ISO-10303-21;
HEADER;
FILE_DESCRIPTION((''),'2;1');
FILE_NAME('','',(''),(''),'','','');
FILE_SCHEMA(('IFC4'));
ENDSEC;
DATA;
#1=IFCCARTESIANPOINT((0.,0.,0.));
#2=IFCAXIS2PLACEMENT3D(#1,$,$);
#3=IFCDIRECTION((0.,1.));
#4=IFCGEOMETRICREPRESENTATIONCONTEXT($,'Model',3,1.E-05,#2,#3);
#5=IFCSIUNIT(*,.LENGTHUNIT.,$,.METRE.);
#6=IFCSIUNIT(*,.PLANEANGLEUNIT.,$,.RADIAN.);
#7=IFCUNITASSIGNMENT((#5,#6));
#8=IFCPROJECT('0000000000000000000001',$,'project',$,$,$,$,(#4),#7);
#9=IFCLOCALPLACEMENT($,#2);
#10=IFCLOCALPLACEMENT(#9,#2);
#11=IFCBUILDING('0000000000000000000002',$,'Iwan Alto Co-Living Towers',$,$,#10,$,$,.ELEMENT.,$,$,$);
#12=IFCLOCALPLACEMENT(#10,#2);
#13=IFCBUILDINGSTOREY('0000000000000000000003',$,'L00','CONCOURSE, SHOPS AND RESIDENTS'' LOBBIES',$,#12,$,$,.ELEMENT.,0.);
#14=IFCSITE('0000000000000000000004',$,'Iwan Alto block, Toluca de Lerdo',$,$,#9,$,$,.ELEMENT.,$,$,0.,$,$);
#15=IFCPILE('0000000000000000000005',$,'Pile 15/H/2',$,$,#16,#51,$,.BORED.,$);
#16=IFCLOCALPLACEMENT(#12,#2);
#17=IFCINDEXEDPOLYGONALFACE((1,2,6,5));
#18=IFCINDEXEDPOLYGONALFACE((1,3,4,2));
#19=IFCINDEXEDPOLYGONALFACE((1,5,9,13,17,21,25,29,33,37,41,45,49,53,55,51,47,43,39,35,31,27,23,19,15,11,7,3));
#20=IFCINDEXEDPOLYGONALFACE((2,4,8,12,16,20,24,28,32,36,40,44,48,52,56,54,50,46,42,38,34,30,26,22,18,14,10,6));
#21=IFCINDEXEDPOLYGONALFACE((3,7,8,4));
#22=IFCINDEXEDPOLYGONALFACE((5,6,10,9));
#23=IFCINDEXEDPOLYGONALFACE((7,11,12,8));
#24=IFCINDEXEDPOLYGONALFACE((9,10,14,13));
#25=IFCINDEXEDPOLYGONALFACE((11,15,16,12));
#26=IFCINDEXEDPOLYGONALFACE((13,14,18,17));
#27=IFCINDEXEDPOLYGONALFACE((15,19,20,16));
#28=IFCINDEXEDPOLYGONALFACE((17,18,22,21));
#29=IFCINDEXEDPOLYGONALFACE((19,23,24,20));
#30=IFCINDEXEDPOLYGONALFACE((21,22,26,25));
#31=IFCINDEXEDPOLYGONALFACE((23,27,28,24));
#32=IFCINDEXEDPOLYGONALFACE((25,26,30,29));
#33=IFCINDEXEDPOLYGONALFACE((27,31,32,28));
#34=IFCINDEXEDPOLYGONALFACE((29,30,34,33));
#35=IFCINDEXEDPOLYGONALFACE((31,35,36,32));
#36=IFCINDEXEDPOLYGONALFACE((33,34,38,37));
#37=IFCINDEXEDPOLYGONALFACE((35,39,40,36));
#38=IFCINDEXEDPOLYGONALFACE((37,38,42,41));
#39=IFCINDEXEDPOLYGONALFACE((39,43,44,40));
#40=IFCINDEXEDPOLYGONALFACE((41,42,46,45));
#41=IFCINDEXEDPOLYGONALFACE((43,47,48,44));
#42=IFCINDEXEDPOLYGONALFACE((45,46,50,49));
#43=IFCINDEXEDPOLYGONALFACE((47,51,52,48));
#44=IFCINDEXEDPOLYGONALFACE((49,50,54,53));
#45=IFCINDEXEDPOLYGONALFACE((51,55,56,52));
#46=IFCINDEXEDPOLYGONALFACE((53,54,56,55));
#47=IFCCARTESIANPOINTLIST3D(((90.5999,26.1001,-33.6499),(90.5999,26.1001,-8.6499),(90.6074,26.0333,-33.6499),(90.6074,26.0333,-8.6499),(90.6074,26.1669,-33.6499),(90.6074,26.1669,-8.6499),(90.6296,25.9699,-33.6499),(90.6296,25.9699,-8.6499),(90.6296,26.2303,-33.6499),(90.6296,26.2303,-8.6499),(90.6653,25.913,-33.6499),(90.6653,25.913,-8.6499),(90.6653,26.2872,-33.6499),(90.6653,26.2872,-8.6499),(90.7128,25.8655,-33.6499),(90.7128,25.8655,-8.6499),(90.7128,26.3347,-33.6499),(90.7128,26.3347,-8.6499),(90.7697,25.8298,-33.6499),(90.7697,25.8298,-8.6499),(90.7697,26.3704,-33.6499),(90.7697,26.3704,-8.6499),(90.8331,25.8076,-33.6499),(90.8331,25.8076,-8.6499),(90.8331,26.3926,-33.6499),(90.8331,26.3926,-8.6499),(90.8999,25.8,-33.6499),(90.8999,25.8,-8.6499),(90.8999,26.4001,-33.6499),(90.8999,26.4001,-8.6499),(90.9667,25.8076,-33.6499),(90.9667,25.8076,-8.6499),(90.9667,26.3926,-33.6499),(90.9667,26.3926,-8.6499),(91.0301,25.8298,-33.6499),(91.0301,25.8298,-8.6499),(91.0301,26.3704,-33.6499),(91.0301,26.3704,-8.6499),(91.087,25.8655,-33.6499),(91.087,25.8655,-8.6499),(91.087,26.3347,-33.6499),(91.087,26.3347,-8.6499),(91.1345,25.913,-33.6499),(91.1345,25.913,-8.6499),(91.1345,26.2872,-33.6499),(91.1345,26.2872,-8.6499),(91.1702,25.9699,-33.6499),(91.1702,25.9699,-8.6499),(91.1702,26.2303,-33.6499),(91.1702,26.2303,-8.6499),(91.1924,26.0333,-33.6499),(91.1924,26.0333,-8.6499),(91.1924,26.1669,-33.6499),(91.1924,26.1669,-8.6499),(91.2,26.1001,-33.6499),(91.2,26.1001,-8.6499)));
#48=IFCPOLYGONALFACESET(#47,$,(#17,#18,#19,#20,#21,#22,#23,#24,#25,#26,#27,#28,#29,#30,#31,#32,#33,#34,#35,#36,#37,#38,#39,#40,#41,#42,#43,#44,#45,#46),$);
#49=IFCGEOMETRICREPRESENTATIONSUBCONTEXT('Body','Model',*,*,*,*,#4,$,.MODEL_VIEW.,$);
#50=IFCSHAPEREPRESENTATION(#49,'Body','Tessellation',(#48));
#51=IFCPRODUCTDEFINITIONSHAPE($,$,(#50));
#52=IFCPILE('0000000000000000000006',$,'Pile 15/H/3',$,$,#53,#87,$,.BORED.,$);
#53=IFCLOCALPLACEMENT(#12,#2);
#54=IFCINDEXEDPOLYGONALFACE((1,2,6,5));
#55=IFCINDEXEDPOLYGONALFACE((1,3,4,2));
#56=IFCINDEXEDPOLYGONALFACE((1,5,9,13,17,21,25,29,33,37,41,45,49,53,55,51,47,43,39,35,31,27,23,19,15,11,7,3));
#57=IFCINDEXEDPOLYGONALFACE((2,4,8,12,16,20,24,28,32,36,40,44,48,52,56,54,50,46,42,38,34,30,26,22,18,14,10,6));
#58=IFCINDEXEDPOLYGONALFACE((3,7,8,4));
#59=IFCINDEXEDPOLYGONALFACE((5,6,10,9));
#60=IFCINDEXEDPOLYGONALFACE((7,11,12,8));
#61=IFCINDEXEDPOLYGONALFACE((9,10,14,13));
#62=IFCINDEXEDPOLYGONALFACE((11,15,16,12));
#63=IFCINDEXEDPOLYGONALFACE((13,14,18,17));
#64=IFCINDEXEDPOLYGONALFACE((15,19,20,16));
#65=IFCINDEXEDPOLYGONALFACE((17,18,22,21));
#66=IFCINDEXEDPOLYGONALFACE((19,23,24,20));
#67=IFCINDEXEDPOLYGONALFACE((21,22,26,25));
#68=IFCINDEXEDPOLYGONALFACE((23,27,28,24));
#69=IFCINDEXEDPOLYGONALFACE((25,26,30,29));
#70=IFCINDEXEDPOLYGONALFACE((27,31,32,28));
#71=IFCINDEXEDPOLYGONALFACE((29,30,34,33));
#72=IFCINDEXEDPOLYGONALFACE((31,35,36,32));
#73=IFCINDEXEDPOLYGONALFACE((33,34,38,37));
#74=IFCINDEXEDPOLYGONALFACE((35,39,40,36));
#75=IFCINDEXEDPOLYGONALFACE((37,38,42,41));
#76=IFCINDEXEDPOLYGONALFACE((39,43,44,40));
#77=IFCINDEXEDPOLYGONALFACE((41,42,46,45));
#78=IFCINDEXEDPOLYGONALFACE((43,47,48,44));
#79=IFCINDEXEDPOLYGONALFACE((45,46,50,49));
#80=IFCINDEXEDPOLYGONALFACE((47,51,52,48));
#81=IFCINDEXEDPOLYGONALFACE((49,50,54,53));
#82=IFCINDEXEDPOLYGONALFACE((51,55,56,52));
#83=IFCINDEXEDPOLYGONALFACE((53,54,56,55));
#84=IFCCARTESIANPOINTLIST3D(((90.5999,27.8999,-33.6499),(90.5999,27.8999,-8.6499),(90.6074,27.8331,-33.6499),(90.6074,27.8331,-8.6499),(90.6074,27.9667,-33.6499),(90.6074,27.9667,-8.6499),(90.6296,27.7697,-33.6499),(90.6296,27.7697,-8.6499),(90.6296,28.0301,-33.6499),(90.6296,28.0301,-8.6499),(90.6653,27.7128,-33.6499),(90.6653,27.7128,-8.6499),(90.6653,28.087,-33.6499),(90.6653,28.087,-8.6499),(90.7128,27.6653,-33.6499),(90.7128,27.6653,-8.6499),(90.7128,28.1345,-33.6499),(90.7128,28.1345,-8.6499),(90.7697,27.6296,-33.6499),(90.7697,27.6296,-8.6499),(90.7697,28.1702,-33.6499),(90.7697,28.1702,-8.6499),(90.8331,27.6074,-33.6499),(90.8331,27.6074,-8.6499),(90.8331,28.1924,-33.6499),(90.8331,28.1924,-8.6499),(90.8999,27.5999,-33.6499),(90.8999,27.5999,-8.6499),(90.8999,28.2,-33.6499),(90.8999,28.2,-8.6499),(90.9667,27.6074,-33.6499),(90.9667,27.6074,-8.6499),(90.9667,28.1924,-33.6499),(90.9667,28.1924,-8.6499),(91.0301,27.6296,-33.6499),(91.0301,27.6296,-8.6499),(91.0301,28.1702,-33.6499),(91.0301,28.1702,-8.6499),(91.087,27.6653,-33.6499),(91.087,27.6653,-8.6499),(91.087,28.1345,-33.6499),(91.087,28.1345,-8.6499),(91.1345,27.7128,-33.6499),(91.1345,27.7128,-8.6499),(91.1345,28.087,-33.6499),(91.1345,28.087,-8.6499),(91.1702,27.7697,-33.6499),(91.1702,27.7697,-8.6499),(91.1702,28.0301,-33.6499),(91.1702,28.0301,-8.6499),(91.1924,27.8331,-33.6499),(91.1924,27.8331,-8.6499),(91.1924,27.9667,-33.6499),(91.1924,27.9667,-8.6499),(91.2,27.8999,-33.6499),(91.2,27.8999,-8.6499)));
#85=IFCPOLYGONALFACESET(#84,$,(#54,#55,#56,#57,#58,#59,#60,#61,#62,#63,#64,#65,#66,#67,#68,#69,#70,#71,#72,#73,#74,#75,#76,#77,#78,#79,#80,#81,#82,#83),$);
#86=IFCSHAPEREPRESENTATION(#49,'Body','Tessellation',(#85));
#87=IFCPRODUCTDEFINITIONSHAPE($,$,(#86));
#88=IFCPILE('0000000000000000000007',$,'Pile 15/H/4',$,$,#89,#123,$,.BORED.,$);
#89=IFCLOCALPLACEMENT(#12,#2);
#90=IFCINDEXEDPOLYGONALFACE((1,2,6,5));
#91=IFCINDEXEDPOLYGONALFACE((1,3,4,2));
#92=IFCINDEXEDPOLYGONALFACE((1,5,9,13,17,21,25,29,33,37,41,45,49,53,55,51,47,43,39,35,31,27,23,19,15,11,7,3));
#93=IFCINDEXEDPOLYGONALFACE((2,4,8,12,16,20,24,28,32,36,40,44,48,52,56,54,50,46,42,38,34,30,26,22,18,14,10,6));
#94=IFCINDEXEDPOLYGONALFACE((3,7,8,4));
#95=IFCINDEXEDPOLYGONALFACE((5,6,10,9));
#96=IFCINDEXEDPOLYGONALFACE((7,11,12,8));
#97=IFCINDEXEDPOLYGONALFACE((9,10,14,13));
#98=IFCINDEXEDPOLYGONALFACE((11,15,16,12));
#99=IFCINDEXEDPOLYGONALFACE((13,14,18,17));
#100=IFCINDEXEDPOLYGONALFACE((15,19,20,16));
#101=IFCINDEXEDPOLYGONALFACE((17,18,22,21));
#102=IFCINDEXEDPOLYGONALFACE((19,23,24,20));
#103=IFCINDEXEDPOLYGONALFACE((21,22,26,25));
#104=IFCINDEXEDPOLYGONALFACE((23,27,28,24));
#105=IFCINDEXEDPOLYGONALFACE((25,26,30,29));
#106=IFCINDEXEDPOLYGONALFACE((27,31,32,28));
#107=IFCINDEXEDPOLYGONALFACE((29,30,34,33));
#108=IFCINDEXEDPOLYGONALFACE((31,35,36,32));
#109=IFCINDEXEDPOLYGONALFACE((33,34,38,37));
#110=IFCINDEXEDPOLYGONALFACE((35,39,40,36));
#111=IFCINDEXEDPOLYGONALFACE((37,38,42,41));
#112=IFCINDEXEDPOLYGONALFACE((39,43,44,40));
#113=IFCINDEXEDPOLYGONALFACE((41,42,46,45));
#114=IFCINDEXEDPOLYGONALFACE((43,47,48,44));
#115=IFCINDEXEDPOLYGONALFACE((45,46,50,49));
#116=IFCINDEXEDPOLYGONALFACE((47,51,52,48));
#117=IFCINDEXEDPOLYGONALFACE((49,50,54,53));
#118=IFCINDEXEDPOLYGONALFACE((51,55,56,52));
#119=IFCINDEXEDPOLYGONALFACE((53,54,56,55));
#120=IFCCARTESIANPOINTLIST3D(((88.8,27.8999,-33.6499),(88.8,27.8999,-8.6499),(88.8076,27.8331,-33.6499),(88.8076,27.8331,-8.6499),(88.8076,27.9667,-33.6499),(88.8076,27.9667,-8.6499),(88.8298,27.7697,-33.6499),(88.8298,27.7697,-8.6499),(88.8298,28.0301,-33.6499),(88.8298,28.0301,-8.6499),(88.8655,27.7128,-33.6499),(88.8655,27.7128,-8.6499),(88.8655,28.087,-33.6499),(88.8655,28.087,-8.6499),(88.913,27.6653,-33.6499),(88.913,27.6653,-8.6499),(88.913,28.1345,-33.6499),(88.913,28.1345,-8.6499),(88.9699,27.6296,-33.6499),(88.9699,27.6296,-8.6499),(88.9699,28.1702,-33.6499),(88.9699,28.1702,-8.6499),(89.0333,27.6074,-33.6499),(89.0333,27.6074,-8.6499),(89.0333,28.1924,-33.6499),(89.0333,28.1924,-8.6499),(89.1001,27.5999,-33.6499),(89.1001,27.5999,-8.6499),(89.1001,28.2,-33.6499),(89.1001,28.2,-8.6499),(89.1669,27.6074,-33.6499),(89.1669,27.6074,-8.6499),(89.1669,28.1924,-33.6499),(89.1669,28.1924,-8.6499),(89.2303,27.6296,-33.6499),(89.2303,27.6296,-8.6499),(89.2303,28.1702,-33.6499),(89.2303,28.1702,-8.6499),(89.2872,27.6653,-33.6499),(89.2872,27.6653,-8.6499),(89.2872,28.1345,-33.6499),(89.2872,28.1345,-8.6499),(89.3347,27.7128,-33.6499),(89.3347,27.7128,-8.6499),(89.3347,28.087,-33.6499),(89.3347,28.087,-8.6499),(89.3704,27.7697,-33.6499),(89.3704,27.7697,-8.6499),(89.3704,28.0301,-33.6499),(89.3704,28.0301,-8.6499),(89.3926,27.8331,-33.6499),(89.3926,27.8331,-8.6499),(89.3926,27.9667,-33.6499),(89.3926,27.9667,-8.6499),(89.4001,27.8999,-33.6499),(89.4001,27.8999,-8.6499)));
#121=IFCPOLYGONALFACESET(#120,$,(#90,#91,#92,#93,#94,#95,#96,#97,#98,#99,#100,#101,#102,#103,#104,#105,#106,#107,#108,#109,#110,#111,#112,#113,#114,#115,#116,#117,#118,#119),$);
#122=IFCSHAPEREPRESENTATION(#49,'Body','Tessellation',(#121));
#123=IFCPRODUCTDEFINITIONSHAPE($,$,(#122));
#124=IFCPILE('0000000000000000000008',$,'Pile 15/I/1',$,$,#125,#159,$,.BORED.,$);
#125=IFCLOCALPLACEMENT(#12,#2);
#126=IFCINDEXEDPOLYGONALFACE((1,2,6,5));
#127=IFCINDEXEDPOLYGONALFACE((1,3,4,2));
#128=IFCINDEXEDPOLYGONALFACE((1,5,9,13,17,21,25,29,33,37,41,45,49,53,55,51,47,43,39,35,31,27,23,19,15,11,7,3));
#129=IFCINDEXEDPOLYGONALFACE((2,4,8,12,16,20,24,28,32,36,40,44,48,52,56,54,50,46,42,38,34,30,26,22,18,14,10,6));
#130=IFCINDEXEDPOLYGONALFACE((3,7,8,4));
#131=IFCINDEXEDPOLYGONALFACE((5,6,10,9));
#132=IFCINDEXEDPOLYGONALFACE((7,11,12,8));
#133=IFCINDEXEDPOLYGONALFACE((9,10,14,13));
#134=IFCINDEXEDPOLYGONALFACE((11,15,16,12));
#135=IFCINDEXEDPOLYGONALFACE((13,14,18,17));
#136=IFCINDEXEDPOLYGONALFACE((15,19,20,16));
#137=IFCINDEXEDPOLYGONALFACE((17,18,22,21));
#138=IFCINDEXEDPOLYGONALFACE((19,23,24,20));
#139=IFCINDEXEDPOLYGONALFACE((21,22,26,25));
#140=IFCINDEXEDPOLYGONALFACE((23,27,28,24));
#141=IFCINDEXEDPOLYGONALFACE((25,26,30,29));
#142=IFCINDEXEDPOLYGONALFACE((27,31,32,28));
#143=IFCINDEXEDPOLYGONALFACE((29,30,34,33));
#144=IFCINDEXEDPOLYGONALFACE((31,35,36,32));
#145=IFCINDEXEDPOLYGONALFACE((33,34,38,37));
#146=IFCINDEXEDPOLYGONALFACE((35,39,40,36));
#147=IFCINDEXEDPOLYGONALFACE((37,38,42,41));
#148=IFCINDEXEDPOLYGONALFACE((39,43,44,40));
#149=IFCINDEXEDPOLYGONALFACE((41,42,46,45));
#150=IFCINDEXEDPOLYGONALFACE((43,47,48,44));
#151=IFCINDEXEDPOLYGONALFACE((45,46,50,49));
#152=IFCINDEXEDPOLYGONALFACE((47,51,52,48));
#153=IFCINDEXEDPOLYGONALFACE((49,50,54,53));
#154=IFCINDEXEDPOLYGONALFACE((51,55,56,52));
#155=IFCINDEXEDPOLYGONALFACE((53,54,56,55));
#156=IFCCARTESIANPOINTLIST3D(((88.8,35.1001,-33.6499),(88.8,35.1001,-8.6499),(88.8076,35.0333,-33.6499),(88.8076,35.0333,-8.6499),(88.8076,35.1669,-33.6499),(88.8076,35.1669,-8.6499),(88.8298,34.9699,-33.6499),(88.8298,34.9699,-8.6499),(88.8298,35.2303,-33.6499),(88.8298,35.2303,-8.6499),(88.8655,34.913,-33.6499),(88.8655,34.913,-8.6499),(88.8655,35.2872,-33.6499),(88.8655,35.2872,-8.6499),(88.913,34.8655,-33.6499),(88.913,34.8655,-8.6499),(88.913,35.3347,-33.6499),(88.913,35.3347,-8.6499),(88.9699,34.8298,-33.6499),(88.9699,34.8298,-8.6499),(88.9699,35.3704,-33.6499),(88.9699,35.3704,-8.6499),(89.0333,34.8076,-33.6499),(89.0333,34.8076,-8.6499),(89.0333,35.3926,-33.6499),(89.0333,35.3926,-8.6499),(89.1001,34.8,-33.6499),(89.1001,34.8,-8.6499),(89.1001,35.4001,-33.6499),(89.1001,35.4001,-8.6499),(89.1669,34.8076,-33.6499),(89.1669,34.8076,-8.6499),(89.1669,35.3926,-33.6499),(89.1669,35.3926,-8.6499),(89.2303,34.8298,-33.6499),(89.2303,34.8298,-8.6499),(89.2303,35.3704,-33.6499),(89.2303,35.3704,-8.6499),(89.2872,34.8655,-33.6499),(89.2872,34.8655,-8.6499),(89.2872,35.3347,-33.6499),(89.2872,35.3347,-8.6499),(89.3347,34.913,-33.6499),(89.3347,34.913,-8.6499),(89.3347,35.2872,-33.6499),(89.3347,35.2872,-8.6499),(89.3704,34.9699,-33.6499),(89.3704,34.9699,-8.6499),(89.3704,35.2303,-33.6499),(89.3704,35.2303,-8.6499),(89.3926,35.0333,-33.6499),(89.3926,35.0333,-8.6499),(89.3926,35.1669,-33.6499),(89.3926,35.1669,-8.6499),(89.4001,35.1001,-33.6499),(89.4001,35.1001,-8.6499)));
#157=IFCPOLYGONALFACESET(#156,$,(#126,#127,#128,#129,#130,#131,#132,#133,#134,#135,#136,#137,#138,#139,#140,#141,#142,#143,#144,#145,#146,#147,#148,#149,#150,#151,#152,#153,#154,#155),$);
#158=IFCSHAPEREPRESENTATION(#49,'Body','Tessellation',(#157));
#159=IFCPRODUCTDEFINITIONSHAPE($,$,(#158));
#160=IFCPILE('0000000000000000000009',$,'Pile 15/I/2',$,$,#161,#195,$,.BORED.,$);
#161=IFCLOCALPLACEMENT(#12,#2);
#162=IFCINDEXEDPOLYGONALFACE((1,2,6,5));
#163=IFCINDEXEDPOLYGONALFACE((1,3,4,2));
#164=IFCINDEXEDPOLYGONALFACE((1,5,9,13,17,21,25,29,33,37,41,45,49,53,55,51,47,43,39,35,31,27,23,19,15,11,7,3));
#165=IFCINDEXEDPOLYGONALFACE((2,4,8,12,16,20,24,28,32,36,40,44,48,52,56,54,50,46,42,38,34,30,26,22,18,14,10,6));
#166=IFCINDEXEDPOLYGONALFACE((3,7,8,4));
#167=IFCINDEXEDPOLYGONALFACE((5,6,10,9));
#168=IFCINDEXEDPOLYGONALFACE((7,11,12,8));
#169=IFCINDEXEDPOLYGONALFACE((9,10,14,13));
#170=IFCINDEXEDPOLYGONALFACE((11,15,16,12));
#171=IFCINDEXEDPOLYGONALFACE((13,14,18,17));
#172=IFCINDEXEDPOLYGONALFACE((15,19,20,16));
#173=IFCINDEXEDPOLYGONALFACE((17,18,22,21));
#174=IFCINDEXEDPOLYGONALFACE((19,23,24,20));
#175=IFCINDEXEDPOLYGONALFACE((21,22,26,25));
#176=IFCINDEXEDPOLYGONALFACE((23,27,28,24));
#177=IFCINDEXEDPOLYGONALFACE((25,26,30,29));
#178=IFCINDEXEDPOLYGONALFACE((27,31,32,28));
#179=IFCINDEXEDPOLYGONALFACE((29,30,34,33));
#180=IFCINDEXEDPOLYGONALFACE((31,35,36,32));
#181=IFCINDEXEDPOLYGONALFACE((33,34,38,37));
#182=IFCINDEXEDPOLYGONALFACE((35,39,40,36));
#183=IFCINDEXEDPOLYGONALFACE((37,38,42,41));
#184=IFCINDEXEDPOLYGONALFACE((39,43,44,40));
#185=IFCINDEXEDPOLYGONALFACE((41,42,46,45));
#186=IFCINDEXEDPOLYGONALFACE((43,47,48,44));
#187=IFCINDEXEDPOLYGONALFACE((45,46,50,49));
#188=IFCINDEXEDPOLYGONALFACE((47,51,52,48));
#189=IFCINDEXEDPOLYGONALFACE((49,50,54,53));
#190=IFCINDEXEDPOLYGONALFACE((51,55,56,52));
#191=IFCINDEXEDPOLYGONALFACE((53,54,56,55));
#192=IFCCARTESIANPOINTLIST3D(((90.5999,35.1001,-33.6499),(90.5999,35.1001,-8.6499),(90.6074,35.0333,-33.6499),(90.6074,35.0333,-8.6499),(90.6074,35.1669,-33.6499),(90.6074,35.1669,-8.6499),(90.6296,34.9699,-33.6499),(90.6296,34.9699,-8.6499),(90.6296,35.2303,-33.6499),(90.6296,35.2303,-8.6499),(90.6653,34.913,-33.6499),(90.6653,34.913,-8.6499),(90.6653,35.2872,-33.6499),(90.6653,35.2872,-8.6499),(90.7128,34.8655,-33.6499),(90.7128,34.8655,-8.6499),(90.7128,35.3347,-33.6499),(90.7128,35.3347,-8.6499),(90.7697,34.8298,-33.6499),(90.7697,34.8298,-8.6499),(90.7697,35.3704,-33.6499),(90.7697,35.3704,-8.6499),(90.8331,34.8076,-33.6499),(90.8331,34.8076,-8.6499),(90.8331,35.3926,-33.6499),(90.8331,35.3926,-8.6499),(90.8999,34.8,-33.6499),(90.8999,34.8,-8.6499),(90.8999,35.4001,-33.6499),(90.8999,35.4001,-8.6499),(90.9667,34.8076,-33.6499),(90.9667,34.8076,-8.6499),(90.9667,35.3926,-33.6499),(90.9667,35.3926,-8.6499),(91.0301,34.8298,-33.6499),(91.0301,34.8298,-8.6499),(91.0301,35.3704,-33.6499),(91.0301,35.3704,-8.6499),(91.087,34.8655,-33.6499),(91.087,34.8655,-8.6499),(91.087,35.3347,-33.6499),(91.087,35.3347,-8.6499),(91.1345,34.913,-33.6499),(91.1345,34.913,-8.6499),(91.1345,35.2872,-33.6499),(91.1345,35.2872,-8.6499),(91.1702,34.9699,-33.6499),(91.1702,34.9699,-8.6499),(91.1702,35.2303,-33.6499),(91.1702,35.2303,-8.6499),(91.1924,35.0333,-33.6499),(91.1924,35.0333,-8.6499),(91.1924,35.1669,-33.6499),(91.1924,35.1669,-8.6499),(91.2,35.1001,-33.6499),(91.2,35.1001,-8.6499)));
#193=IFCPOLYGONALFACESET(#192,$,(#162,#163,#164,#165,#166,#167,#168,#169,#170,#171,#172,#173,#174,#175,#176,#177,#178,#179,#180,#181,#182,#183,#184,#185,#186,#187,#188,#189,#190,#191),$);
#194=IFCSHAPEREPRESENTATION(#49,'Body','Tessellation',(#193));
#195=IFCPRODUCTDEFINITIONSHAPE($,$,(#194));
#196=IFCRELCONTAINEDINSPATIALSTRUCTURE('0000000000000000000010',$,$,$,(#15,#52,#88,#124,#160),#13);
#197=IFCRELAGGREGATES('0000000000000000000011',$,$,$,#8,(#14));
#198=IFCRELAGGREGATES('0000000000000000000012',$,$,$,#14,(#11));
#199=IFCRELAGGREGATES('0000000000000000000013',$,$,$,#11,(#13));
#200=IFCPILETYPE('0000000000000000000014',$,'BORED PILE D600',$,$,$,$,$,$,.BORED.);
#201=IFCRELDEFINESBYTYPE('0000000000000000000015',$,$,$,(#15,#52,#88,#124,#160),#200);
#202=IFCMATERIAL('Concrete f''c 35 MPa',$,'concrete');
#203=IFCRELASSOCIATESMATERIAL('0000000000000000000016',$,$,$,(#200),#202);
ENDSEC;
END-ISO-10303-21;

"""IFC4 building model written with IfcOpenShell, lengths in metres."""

from ifc_helpers import new_model, si_unit, direction, frame, origin, origin_2d, place, context, subcontext, project, spatial, circle, extrude, material, material_profile, profile_set, type_object, element, save


model = new_model("IFC4")

# Units and contexts
model_context = context("Model", 3, precision=1e-05, world=origin(), true_north=direction((0.0, 1.0)))
body_context = subcontext(model_context, "Body", "Model", "MODEL_VIEW")
ifc_project = project(units=[si_unit("LENGTHUNIT", "METRE"), si_unit("PLANEANGLEUNIT", "RADIAN")], contexts=[model_context])

# Site, building, storey
site_placement = place(None, origin())
site = spatial("IfcSite", under=ifc_project, at=site_placement, Name="Iwan Alto block, Toluca de Lerdo", CompositionType="ELEMENT", RefElevation=0.0)
building_placement = place(site_placement, origin())
building = spatial("IfcBuilding", under=site, at=building_placement, Name="Iwan Alto Co-Living Towers", CompositionType="ELEMENT")
storey_placement = place(building_placement, origin())
storey = spatial("IfcBuildingStorey", under=building, at=storey_placement, Name="L00", Description="CONCOURSE, SHOPS AND RESIDENTS' LOBBIES", CompositionType="ELEMENT", Elevation=0.0)

# Piles
ifc_material_1 = material(Name="Concrete f'c 35 MPa", Category="concrete")
ifc_material_profile_1 = material_profile(ifc_material_1, circle(Radius=0.3, at=origin_2d()), Name="D600")
ifc_profile_set_1 = profile_set([ifc_material_profile_1], Name="Concrete f'c 35 MPa")
pile_type_1 = type_object("IfcPileType", Name="BORED PILE D600", PredefinedType="BORED", material=ifc_profile_set_1)
for number, where, z_axis, x_axis, name in (
    (1, (90.8999, 26.1001, -8.6499), (0.0, 0.0, -1.0), (1.0, 0.0, 0.0), "Pile 15/H/2"),
    (2, (90.8999, 27.8999, -8.6499), (0.0, 0.0, -1.0), (1.0, 0.0, 0.0), "Pile 15/H/3"),
    (3, (89.1001, 27.8999, -8.6499), (0.0, 0.0, -1.0), (1.0, 0.0, 0.0), "Pile 15/H/4"),
    (4, (89.1001, 35.1001, -8.6499), (0.0, 0.0, -1.0), (1.0, 0.0, 0.0), "Pile 15/I/1"),
    (5, (90.8999, 35.1001, -8.6499), (0.0, 0.0, -1.0), (1.0, 0.0, 0.0), "Pile 15/I/2"),
):
    element("IfcPile", number, at=place(storey_placement, frame(where, z_axis=z_axis, x_axis=x_axis)), inside=storey, type_object=pile_type_1, Name=name, PredefinedType="BORED", context=body_context, shape_type="SweptSolid", body=[
        extrude(circle(Radius=0.3, at=origin_2d()), origin(), (0.0, 0.0, 1.0), 25.0),
    ])

save(model, "model.ifc")
